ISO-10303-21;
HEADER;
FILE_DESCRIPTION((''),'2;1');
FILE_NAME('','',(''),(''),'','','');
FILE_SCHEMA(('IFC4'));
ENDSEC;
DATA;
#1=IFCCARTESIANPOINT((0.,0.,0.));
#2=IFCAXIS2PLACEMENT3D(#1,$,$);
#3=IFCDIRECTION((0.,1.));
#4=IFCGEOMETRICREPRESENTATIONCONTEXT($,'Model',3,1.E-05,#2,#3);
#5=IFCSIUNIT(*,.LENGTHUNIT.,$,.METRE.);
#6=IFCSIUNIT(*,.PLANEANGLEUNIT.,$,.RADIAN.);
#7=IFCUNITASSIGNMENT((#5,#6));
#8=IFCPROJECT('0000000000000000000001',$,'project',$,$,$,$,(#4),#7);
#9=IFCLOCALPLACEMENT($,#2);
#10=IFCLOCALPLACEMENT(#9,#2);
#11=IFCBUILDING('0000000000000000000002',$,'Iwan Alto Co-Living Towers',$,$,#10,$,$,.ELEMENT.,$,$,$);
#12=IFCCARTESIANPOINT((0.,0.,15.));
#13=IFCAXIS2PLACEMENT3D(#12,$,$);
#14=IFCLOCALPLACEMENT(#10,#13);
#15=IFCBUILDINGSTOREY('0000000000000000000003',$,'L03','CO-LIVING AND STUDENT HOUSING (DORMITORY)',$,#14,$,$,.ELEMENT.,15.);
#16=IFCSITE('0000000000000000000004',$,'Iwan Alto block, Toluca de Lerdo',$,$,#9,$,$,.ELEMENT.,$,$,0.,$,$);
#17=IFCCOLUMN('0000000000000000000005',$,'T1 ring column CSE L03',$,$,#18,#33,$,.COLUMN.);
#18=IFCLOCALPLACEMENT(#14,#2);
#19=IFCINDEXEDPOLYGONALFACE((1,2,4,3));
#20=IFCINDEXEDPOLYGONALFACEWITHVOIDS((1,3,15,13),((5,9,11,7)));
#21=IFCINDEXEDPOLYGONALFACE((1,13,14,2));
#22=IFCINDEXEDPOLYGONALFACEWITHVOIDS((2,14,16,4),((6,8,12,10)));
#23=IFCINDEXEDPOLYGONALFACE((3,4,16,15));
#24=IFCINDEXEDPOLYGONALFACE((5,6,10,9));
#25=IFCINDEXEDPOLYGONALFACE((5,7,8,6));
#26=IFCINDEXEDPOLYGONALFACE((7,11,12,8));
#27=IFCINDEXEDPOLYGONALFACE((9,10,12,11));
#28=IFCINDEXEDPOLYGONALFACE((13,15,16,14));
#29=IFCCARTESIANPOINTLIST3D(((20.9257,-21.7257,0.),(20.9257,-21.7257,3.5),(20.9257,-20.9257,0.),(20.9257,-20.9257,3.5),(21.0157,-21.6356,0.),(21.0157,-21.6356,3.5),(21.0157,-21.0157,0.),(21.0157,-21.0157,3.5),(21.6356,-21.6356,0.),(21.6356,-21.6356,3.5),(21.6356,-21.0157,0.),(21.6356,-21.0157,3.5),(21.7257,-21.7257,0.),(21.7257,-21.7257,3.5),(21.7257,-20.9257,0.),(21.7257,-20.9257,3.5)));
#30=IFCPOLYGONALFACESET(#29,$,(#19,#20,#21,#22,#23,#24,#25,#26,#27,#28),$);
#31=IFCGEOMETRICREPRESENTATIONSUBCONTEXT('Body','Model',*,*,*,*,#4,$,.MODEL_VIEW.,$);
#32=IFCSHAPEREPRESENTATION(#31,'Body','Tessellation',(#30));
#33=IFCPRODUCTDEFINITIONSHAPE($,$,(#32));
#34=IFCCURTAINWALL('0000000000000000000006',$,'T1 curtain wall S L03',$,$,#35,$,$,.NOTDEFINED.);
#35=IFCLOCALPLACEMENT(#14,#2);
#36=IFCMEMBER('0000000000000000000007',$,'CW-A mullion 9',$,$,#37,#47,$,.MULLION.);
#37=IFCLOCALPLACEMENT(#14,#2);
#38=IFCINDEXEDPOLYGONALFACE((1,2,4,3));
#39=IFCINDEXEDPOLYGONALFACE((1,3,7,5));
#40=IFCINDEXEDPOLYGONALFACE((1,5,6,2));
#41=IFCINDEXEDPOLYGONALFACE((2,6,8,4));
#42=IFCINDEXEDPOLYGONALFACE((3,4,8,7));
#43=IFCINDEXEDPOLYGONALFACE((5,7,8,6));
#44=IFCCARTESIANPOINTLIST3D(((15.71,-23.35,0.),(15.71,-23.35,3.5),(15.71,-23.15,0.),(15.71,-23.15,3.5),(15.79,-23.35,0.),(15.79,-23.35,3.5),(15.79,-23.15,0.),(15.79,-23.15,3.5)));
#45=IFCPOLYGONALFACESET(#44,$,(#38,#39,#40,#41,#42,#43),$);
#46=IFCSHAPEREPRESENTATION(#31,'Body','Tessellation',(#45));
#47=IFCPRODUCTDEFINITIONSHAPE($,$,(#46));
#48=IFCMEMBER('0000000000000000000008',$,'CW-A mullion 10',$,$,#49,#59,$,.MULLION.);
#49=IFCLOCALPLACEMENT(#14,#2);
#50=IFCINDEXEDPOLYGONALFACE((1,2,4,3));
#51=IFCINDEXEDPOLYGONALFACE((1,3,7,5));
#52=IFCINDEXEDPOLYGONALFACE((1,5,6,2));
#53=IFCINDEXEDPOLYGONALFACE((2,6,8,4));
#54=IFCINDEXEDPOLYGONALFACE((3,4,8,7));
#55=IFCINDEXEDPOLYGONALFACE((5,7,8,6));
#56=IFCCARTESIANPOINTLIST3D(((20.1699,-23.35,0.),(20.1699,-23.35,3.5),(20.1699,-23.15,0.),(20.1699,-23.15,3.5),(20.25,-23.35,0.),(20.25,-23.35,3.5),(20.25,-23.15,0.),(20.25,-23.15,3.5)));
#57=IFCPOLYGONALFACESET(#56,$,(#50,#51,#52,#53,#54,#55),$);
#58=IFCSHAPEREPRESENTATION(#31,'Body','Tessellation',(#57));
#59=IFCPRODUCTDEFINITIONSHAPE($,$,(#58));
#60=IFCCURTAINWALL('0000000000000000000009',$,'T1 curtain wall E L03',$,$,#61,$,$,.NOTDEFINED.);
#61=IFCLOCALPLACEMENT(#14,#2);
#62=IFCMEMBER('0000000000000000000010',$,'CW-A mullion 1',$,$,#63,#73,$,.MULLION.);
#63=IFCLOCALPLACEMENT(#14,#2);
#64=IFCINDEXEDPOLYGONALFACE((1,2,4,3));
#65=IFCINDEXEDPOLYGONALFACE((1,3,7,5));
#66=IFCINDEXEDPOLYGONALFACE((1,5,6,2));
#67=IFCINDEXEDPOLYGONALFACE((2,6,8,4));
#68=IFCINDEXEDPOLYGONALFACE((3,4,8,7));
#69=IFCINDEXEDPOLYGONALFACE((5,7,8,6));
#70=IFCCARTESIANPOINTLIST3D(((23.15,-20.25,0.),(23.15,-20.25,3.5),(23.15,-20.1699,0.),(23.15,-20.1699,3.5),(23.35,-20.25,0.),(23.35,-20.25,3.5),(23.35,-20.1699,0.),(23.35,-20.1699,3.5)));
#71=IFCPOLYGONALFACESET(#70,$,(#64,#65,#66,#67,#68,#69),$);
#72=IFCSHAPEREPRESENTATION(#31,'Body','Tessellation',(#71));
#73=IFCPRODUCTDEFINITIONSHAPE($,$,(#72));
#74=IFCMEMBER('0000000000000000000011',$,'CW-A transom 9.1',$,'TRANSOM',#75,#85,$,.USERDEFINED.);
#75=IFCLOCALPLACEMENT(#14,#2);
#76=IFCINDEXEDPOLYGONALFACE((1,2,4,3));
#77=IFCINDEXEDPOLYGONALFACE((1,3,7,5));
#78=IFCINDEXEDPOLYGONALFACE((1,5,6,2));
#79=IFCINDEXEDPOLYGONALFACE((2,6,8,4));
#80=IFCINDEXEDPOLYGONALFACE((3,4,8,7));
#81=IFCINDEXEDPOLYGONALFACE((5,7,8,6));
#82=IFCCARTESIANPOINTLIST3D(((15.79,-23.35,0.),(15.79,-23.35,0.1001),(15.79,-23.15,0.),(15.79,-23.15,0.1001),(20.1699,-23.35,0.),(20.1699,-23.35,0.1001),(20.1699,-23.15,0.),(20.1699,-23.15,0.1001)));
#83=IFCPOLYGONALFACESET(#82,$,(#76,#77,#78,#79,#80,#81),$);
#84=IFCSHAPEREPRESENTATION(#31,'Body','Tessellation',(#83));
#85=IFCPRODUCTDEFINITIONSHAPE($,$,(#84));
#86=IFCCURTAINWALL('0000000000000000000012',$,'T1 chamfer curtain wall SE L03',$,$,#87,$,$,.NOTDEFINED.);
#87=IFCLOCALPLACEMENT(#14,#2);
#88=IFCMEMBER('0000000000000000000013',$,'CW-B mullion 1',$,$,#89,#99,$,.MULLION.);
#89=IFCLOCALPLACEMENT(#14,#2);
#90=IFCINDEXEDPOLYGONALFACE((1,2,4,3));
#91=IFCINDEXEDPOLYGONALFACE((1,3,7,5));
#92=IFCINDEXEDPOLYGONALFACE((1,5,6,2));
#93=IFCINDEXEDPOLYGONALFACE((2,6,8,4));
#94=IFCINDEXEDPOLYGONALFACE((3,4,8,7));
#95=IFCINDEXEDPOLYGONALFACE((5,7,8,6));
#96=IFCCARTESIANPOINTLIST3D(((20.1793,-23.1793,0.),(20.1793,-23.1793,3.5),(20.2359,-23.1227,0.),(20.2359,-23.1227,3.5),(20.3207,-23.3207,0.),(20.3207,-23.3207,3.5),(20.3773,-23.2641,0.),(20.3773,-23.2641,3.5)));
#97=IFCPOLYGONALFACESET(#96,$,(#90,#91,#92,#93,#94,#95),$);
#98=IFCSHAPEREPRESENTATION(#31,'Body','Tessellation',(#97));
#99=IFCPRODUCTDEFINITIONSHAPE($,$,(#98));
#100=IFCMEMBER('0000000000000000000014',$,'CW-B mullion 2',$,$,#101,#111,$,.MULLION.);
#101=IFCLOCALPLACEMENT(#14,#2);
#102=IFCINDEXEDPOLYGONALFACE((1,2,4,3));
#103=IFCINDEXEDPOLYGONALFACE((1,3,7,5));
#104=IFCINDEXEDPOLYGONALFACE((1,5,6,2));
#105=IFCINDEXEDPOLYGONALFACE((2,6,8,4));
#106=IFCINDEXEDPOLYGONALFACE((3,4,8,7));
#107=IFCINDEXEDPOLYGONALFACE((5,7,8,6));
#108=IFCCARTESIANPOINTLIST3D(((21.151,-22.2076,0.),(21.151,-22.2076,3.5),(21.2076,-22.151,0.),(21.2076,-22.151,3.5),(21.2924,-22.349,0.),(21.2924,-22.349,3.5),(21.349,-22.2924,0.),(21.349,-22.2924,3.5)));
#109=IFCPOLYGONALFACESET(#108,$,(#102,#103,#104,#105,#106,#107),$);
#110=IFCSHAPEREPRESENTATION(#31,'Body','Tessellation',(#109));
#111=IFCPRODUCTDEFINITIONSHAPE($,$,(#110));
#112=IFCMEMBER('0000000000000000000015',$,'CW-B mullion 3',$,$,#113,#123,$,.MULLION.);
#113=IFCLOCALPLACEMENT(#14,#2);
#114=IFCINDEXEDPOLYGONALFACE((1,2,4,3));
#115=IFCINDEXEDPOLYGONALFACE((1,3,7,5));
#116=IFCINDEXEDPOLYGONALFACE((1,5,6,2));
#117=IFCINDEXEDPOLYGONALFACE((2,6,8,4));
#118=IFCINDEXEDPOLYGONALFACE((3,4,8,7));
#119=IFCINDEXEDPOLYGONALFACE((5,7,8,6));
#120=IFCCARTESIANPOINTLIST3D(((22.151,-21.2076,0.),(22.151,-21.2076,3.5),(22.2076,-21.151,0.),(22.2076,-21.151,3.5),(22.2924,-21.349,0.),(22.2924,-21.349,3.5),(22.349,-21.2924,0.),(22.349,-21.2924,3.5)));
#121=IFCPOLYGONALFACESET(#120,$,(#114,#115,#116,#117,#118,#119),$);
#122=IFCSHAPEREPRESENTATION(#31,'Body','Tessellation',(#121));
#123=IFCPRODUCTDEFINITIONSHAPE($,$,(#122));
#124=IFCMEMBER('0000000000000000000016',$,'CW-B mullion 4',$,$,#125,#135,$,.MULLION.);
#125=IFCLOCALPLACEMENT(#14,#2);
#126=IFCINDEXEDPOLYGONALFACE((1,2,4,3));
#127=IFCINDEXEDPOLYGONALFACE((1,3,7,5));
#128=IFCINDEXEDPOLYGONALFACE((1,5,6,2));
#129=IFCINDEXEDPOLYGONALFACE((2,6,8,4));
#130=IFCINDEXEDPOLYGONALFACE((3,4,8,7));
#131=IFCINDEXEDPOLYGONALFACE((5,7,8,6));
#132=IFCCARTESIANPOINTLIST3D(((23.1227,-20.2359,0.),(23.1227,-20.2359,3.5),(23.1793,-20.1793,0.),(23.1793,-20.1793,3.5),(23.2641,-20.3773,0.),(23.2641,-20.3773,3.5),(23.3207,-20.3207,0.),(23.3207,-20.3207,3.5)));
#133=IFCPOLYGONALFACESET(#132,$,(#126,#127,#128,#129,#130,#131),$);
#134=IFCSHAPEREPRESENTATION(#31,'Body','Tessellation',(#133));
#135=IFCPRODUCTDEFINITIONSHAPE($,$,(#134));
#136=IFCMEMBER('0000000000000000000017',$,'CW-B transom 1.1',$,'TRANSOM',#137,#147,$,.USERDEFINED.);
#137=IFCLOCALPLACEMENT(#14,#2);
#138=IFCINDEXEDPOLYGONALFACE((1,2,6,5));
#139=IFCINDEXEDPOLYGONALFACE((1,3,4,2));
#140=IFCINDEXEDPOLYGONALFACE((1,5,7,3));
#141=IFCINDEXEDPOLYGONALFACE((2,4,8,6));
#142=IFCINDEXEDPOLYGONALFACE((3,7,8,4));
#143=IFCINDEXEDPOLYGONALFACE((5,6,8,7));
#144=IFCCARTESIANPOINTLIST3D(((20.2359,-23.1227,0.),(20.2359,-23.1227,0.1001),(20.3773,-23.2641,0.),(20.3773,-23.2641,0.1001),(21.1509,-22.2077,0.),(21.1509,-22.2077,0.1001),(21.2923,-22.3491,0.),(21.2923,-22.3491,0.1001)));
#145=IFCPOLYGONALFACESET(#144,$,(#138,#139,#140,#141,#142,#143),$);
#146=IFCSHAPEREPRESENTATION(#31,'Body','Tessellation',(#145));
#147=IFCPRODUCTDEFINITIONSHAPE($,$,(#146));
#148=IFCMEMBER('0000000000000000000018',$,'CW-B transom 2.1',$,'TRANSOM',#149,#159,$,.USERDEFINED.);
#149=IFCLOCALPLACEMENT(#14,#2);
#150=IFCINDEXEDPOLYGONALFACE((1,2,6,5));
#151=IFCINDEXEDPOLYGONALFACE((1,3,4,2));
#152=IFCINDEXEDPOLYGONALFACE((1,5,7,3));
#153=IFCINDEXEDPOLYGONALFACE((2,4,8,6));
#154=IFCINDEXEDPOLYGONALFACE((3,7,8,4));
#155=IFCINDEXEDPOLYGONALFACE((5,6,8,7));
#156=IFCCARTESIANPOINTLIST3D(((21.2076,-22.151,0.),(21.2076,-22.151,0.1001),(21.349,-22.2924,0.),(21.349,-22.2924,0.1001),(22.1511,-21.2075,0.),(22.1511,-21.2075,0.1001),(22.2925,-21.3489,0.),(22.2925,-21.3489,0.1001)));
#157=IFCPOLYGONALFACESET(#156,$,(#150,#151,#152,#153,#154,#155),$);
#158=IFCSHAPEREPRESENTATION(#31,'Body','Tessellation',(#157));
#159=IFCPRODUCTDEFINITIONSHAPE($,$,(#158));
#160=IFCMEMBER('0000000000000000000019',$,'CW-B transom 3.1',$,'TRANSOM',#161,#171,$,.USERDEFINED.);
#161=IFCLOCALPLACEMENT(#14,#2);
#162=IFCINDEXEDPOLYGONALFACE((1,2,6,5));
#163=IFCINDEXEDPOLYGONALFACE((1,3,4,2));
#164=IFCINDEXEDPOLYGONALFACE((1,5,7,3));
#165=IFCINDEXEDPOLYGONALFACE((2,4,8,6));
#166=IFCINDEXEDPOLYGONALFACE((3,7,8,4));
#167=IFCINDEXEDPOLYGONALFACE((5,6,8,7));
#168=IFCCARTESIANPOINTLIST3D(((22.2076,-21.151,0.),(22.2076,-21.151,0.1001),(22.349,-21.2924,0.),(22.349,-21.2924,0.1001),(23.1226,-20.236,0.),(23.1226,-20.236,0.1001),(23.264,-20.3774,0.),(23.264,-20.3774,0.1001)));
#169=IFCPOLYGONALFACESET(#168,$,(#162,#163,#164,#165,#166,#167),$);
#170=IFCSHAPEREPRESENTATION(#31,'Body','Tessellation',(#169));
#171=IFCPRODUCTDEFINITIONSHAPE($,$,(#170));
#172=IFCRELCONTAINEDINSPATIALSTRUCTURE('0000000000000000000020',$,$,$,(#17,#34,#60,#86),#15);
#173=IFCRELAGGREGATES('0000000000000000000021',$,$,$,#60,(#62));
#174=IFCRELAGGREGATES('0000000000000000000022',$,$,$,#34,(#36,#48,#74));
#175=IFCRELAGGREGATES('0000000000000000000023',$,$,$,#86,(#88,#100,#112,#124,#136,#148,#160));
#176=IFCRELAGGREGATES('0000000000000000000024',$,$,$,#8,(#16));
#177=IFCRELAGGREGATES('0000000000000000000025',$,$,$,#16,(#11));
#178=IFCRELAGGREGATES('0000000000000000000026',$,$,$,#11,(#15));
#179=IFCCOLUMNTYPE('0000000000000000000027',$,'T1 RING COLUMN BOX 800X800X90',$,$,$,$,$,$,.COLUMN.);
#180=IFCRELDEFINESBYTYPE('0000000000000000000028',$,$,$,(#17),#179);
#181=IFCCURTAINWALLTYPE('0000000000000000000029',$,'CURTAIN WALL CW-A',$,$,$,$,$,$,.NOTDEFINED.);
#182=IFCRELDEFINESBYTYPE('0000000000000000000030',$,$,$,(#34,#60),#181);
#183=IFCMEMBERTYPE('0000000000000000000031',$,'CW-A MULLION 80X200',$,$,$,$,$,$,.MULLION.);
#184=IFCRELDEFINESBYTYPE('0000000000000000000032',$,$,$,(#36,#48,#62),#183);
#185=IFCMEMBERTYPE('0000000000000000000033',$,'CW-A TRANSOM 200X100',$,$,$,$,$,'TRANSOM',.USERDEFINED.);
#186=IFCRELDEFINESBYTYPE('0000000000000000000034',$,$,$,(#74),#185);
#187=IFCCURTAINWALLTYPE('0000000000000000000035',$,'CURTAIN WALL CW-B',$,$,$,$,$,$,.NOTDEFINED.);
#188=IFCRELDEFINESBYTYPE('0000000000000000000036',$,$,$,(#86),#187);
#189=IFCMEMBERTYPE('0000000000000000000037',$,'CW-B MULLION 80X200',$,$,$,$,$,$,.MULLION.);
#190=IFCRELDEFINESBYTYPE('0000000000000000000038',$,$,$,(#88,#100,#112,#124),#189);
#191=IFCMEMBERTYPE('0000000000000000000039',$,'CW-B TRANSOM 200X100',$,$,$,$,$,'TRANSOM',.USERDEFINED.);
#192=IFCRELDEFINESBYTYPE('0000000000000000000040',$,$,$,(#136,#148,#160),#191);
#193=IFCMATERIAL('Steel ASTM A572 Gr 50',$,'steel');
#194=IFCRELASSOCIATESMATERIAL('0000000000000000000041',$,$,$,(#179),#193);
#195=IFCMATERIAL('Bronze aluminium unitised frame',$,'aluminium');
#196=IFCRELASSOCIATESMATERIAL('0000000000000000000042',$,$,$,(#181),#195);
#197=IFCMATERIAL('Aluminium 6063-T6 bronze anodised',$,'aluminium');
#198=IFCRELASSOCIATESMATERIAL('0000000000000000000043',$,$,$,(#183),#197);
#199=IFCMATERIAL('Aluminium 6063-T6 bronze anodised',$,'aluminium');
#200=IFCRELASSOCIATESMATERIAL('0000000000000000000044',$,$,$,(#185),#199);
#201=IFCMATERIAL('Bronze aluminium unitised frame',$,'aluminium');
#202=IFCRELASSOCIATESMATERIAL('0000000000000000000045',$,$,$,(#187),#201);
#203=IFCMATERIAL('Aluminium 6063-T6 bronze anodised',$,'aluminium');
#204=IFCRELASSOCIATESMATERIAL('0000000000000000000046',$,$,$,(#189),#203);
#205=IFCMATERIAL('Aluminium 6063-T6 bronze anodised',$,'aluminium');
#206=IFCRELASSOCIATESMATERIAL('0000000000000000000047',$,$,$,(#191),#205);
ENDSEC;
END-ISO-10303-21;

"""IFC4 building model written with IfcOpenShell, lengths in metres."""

from ifc_helpers import new_model, si_unit, direction, frame, origin, origin_2d, place, context, subcontext, project, spatial, rectangle, hollow_rectangle, extrude, material, material_profile, profile_set, type_object, element, aggregate, save


model = new_model("IFC4")

# Units and contexts
model_context = context("Model", 3, precision=1e-05, world=origin(), true_north=direction((0.0, 1.0)))
body_context = subcontext(model_context, "Body", "Model", "MODEL_VIEW")
ifc_project = project(units=[si_unit("LENGTHUNIT", "METRE"), si_unit("PLANEANGLEUNIT", "RADIAN")], contexts=[model_context])

# Site, building, storey
site_placement = place(None, origin())
site = spatial("IfcSite", under=ifc_project, at=site_placement, Name="Iwan Alto block, Toluca de Lerdo", CompositionType="ELEMENT", RefElevation=0.0)
building_placement = place(site_placement, origin())
building = spatial("IfcBuilding", under=site, at=building_placement, Name="Iwan Alto Co-Living Towers", CompositionType="ELEMENT")
storey_placement = place(building_placement, frame((0.0, 0.0, 15.0)))
storey = spatial("IfcBuildingStorey", under=building, at=storey_placement, Name="L03", Description="CO-LIVING AND STUDENT HOUSING (DORMITORY)", CompositionType="ELEMENT", Elevation=15.0)

# Column
ifc_material_1 = material(Name="Steel ASTM A572 Gr 50", Category="steel")
ifc_material_profile_1 = material_profile(ifc_material_1, hollow_rectangle(XDim=0.8, YDim=0.8, WallThickness=0.0901, at=origin_2d()), Name="BOX 800X800X90")
ifc_profile_set_1 = profile_set([ifc_material_profile_1], Name="Steel ASTM A572 Gr 50")
column_type = type_object("IfcColumnType", Name="T1 RING COLUMN BOX 800X800X90", PredefinedType="COLUMN", material=ifc_profile_set_1)
column_placement = place(storey_placement, frame((21.3257, -21.3257, 0.0), z_axis=(0.0, 0.0, 1.0), x_axis=(1.0, 0.0, 0.0)))
element("IfcColumn", 1, at=column_placement, inside=storey, type_object=column_type, Name="T1 ring column CSE L03", PredefinedType="COLUMN", context=body_context, shape_type="SweptSolid", body=[
    extrude(hollow_rectangle(XDim=0.8, YDim=0.8, WallThickness=0.0901, at=origin_2d()), origin(), (0.0, 0.0, 1.0), 3.5),
])

# Curtain wall, members
ifc_material_2 = material(Name="Bronze aluminium unitised frame", Category="aluminium")
curtain_wall_type_1 = type_object("IfcCurtainWallType", Name="CURTAIN WALL CW-A", PredefinedType="NOTDEFINED", material=ifc_material_2)
curtain_wall_1_placement = place(storey_placement, origin())
curtain_wall_1 = element("IfcCurtainWall", 2, at=curtain_wall_1_placement, inside=storey, type_object=curtain_wall_type_1, Name="T1 curtain wall S L03", PredefinedType="NOTDEFINED")
ifc_material_3 = material(Name="Aluminium 6063-T6 bronze anodised", Category="aluminium")
ifc_material_profile_2 = material_profile(ifc_material_3, rectangle(XDim=0.2, YDim=0.0801, at=origin_2d()), Name="AL 80X200")
ifc_profile_set_2 = profile_set([ifc_material_profile_2], Name="Aluminium 6063-T6 bronze anodised")
member_type_1 = type_object("IfcMemberType", Name="CW-A MULLION 80X200", PredefinedType="MULLION", material=ifc_profile_set_2)
member_1_placement = place(storey_placement, frame((15.75, -23.25, 0.0), z_axis=(0.0, 0.0, 1.0), x_axis=(0.0, 1.0, 0.0)))
member_1 = element("IfcMember", 3, at=member_1_placement, type_object=member_type_1, Name="CW-A mullion 9", PredefinedType="MULLION", context=body_context, shape_type="SweptSolid", body=[
    extrude(rectangle(XDim=0.2, YDim=0.0801, at=origin_2d()), origin(), (0.0, 0.0, 1.0), 3.5),
])
member_2_placement = place(storey_placement, frame((20.21, -23.25, 0.0), z_axis=(0.0, 0.0, 1.0), x_axis=(0.0, 1.0, 0.0)))
member_2 = element("IfcMember", 4, at=member_2_placement, type_object=member_type_1, Name="CW-A mullion 10", PredefinedType="MULLION", context=body_context, shape_type="SweptSolid", body=[
    extrude(rectangle(XDim=0.2, YDim=0.0801, at=origin_2d()), origin(), (0.0, 0.0, 1.0), 3.5),
])

# Curtain wall, member
curtain_wall_2_placement = place(storey_placement, origin())
curtain_wall_2 = element("IfcCurtainWall", 5, at=curtain_wall_2_placement, inside=storey, type_object=curtain_wall_type_1, Name="T1 curtain wall E L03", PredefinedType="NOTDEFINED")
member_3_placement = place(storey_placement, frame((23.25, -20.21, 0.0), z_axis=(0.0, 0.0, 1.0), x_axis=(-1.0, 0.0, 0.0)))
member_3 = element("IfcMember", 6, at=member_3_placement, type_object=member_type_1, Name="CW-A mullion 1", PredefinedType="MULLION", context=body_context, shape_type="SweptSolid", body=[
    extrude(rectangle(XDim=0.2, YDim=0.0801, at=origin_2d()), origin(), (0.0, 0.0, 1.0), 3.5),
])
aggregate(curtain_wall_2, [member_3])

# Member
ifc_material_4 = material(Name="Aluminium 6063-T6 bronze anodised", Category="aluminium")
ifc_material_profile_3 = material_profile(ifc_material_4, rectangle(XDim=0.2, YDim=0.1001, at=origin_2d()), Name="AL 200X100")
ifc_profile_set_3 = profile_set([ifc_material_profile_3], Name="Aluminium 6063-T6 bronze anodised")
member_type_2 = type_object("IfcMemberType", Name="CW-A TRANSOM 200X100", ElementType="TRANSOM", PredefinedType="USERDEFINED", material=ifc_profile_set_3)
member_4_placement = place(storey_placement, frame((15.79, -23.25, 0.05), z_axis=(1.0, 0.0, 0.0), x_axis=(0.0, 1.0, 0.0)))
member_4 = element("IfcMember", 7, at=member_4_placement, type_object=member_type_2, Name="CW-A transom 9.1", ObjectType="TRANSOM", PredefinedType="USERDEFINED", context=body_context, shape_type="SweptSolid", body=[
    extrude(rectangle(XDim=0.2, YDim=0.1001, at=origin_2d()), origin(), (0.0, 0.0, 1.0), 4.3799),
])

# Curtain wall, members
ifc_material_5 = material(Name="Bronze aluminium unitised frame", Category="aluminium")
curtain_wall_type_2 = type_object("IfcCurtainWallType", Name="CURTAIN WALL CW-B", PredefinedType="NOTDEFINED", material=ifc_material_5)
curtain_wall_3_placement = place(storey_placement, origin())
curtain_wall_3 = element("IfcCurtainWall", 8, at=curtain_wall_3_placement, inside=storey, type_object=curtain_wall_type_2, Name="T1 chamfer curtain wall SE L03", PredefinedType="NOTDEFINED")
ifc_material_6 = material(Name="Aluminium 6063-T6 bronze anodised", Category="aluminium")
ifc_material_profile_4 = material_profile(ifc_material_6, rectangle(XDim=0.2, YDim=0.0801, at=origin_2d()), Name="AL 80X200")
ifc_profile_set_4 = profile_set([ifc_material_profile_4], Name="Aluminium 6063-T6 bronze anodised")
member_type_3 = type_object("IfcMemberType", Name="CW-B MULLION 80X200", PredefinedType="MULLION", material=ifc_profile_set_4)
member_5_placement = place(storey_placement, frame((20.2783, -23.2217, 0.0), z_axis=(0.0, 0.0, 1.0), x_axis=(-0.707107, 0.707107, 0.0)))
member_5 = element("IfcMember", 9, at=member_5_placement, type_object=member_type_3, Name="CW-B mullion 1", PredefinedType="MULLION", context=body_context, shape_type="SweptSolid", body=[
    extrude(rectangle(XDim=0.2, YDim=0.0801, at=origin_2d()), origin(), (0.0, 0.0, 1.0), 3.5),
])
member_6_placement = place(storey_placement, frame((21.25, -22.25, 0.0), z_axis=(0.0, 0.0, 1.0), x_axis=(-0.707107, 0.707107, 0.0)))
member_6 = element("IfcMember", 10, at=member_6_placement, type_object=member_type_3, Name="CW-B mullion 2", PredefinedType="MULLION", context=body_context, shape_type="SweptSolid", body=[
    extrude(rectangle(XDim=0.2, YDim=0.0801, at=origin_2d()), origin(), (0.0, 0.0, 1.0), 3.5),
])
member_7_placement = place(storey_placement, frame((22.25, -21.25, 0.0), z_axis=(0.0, 0.0, 1.0), x_axis=(-0.707107, 0.707107, 0.0)))
member_7 = element("IfcMember", 11, at=member_7_placement, type_object=member_type_3, Name="CW-B mullion 3", PredefinedType="MULLION", context=body_context, shape_type="SweptSolid", body=[
    extrude(rectangle(XDim=0.2, YDim=0.0801, at=origin_2d()), origin(), (0.0, 0.0, 1.0), 3.5),
])
member_8_placement = place(storey_placement, frame((23.2217, -20.2783, 0.0), z_axis=(0.0, 0.0, 1.0), x_axis=(-0.707107, 0.707107, 0.0)))
member_8 = element("IfcMember", 12, at=member_8_placement, type_object=member_type_3, Name="CW-B mullion 4", PredefinedType="MULLION", context=body_context, shape_type="SweptSolid", body=[
    extrude(rectangle(XDim=0.2, YDim=0.0801, at=origin_2d()), origin(), (0.0, 0.0, 1.0), 3.5),
])
ifc_material_7 = material(Name="Aluminium 6063-T6 bronze anodised", Category="aluminium")
ifc_material_profile_5 = material_profile(ifc_material_7, rectangle(XDim=0.2, YDim=0.1001, at=origin_2d()), Name="AL 200X100")
ifc_profile_set_5 = profile_set([ifc_material_profile_5], Name="Aluminium 6063-T6 bronze anodised")
member_type_4 = type_object("IfcMemberType", Name="CW-B TRANSOM 200X100", ElementType="TRANSOM", PredefinedType="USERDEFINED", material=ifc_profile_set_5)
member_9_placement = place(storey_placement, frame((20.3066, -23.1934, 0.05), z_axis=(0.707107, 0.707107, 0.0), x_axis=(-0.707107, 0.707107, 0.0)))
member_9 = element("IfcMember", 13, at=member_9_placement, type_object=member_type_4, Name="CW-B transom 1.1", ObjectType="TRANSOM", PredefinedType="USERDEFINED", context=body_context, shape_type="SweptSolid", body=[
    extrude(rectangle(XDim=0.2, YDim=0.1001, at=origin_2d()), origin(), (0.0, 0.0, 1.0), 1.2939),
])
member_10_placement = place(storey_placement, frame((21.2783, -22.2217, 0.05), z_axis=(0.707107, 0.707107, 0.0), x_axis=(-0.707107, 0.707107, 0.0)))
member_10 = element("IfcMember", 14, at=member_10_placement, type_object=member_type_4, Name="CW-B transom 2.1", ObjectType="TRANSOM", PredefinedType="USERDEFINED", context=body_context, shape_type="SweptSolid", body=[
    extrude(rectangle(XDim=0.2, YDim=0.1001, at=origin_2d()), origin(), (0.0, 0.0, 1.0), 1.3342),
])
member_11_placement = place(storey_placement, frame((22.2783, -21.2217, 0.05), z_axis=(0.707107, 0.707107, 0.0), x_axis=(-0.707107, 0.707107, 0.0)))
member_11 = element("IfcMember", 15, at=member_11_placement, type_object=member_type_4, Name="CW-B transom 3.1", ObjectType="TRANSOM", PredefinedType="USERDEFINED", context=body_context, shape_type="SweptSolid", body=[
    extrude(rectangle(XDim=0.2, YDim=0.1001, at=origin_2d()), origin(), (0.0, 0.0, 1.0), 1.2939),
])

aggregate(curtain_wall_1, [member_1, member_2, member_4])
aggregate(curtain_wall_3, [member_5, member_6, member_7, member_8, member_9, member_10, member_11])

save(model, "model.ifc")
